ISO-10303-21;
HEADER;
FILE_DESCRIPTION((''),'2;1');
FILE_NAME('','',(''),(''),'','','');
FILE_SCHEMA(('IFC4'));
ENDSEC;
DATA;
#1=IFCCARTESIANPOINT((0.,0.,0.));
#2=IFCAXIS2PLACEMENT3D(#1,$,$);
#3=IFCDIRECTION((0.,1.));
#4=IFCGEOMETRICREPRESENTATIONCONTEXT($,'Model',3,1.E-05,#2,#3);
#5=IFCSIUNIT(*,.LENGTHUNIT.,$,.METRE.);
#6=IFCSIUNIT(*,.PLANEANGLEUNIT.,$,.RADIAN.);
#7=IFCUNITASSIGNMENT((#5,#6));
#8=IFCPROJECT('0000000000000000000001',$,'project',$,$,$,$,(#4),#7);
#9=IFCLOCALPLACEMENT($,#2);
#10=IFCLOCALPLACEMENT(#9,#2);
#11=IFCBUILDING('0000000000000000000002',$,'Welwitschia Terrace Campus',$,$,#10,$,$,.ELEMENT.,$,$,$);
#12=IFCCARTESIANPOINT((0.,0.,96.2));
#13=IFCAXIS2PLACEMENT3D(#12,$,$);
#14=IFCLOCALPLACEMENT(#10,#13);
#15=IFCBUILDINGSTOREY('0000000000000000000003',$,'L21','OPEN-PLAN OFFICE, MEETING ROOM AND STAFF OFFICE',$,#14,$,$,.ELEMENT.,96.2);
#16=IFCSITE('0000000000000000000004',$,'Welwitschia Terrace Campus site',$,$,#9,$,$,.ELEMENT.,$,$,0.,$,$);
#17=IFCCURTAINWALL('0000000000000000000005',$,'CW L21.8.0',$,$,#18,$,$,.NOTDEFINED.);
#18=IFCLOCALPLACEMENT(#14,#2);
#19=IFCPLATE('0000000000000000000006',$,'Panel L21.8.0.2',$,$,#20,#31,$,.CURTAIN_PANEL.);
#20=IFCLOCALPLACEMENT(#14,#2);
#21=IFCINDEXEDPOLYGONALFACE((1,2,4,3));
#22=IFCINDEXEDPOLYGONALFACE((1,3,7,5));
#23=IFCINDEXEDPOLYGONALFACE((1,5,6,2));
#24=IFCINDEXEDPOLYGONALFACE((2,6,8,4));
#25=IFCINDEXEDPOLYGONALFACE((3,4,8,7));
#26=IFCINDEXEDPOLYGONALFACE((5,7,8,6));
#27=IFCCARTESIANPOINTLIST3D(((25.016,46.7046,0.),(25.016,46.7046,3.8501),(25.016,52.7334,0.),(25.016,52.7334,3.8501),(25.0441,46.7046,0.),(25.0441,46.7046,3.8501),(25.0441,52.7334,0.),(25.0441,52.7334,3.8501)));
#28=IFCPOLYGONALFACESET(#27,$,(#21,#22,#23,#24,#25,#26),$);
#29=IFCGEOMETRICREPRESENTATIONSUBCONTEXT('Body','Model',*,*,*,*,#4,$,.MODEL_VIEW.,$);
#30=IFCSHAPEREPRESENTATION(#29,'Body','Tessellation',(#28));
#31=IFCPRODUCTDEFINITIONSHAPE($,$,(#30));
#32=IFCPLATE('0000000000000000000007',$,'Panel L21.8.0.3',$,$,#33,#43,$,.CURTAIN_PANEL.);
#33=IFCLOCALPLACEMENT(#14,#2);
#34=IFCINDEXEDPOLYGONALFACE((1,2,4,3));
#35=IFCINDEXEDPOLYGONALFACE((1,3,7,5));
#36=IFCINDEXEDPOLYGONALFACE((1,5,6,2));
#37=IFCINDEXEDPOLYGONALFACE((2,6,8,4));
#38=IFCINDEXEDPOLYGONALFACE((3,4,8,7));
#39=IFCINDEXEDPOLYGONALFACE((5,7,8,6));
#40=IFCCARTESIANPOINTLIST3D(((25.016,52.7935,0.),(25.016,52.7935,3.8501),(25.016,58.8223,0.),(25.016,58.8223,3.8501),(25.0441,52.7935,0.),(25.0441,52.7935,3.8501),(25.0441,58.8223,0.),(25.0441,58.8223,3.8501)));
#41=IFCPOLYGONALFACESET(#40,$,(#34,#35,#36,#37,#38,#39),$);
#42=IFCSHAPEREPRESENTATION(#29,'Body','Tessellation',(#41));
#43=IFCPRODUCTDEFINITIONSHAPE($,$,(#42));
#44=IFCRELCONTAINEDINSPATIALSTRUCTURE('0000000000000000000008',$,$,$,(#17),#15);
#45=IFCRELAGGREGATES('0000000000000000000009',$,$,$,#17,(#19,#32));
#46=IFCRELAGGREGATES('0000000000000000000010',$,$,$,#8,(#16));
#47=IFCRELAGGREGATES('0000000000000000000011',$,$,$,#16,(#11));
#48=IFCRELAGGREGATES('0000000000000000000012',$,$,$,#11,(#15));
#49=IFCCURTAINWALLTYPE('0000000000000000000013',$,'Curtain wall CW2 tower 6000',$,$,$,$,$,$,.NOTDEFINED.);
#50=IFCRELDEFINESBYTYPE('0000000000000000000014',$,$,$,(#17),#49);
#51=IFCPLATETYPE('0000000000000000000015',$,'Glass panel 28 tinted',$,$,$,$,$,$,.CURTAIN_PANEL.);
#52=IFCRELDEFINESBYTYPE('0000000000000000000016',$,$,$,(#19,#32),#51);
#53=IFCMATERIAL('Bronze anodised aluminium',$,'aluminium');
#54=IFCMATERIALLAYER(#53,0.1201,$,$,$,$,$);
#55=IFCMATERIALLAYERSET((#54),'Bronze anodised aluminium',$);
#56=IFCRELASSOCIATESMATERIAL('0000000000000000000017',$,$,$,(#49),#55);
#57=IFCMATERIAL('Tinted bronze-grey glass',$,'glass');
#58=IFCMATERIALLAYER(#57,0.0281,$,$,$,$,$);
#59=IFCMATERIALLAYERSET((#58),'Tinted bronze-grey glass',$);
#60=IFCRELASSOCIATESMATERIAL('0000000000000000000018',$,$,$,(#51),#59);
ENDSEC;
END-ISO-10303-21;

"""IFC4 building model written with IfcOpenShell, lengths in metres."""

from ifc_helpers import new_model, si_unit, direction, frame, origin, origin_2d, place, context, subcontext, project, spatial, rectangle, extrude, material, layer, layer_set, type_object, element, aggregate, save


model = new_model("IFC4")

# Units and contexts
model_context = context("Model", 3, precision=1e-05, world=origin(), true_north=direction((0.0, 1.0)))
body_context = subcontext(model_context, "Body", "Model", "MODEL_VIEW")
ifc_project = project(units=[si_unit("LENGTHUNIT", "METRE"), si_unit("PLANEANGLEUNIT", "RADIAN")], contexts=[model_context])

# Site, building, storey
site_placement = place(None, origin())
site = spatial("IfcSite", under=ifc_project, at=site_placement, Name="Welwitschia Terrace Campus site", CompositionType="ELEMENT", RefElevation=0.0)
building_placement = place(site_placement, origin())
building = spatial("IfcBuilding", under=site, at=building_placement, Name="Welwitschia Terrace Campus", CompositionType="ELEMENT")
storey_placement = place(building_placement, frame((0.0, 0.0, 96.2)))
storey = spatial("IfcBuildingStorey", under=building, at=storey_placement, Name="L21", Description="OPEN-PLAN OFFICE, MEETING ROOM AND STAFF OFFICE", CompositionType="ELEMENT", Elevation=96.2)

# Curtain wall
ifc_material_1 = material(Name="Bronze anodised aluminium", Category="aluminium")
ifc_layer_1 = layer(ifc_material_1, 0.1201)
ifc_layer_set_1 = layer_set([ifc_layer_1], Name="Bronze anodised aluminium")
curtain_wall_type = type_object("IfcCurtainWallType", Name="Curtain wall CW2 tower 6000", PredefinedType="NOTDEFINED", material=ifc_layer_set_1)
curtain_wall_placement = place(storey_placement, origin())
curtain_wall = element("IfcCurtainWall", 1, at=curtain_wall_placement, inside=storey, type_object=curtain_wall_type, Name="CW L21.8.0", PredefinedType="NOTDEFINED")

# Plates
ifc_material_2 = material(Name="Tinted bronze-grey glass", Category="glass")
ifc_layer_2 = layer(ifc_material_2, 0.0281)
ifc_layer_set_2 = layer_set([ifc_layer_2], Name="Tinted bronze-grey glass")
plate_type = type_object("IfcPlateType", Name="Glass panel 28 tinted", PredefinedType="CURTAIN_PANEL", material=ifc_layer_set_2)
plate_1_placement = place(storey_placement, frame((25.03, 49.719, 0.0), z_axis=(0.0, 0.0, 1.0), x_axis=(0.0, 1.0, 0.0)))
plate_1 = element("IfcPlate", 2, at=plate_1_placement, type_object=plate_type, Name="Panel L21.8.0.2", PredefinedType="CURTAIN_PANEL", context=body_context, shape_type="SweptSolid", body=[
    extrude(rectangle(XDim=6.0288, YDim=0.0281, at=origin_2d()), origin(), (0.0, 0.0, 1.0), 3.8501),
])
plate_2_placement = place(storey_placement, frame((25.03, 55.8079, 0.0), z_axis=(0.0, 0.0, 1.0), x_axis=(0.0, 1.0, 0.0)))
plate_2 = element("IfcPlate", 3, at=plate_2_placement, type_object=plate_type, Name="Panel L21.8.0.3", PredefinedType="CURTAIN_PANEL", context=body_context, shape_type="SweptSolid", body=[
    extrude(rectangle(XDim=6.0288, YDim=0.0281, at=origin_2d()), origin(), (0.0, 0.0, 1.0), 3.8501),
])
aggregate(curtain_wall, [plate_1, plate_2])

save(model, "model.ifc")
